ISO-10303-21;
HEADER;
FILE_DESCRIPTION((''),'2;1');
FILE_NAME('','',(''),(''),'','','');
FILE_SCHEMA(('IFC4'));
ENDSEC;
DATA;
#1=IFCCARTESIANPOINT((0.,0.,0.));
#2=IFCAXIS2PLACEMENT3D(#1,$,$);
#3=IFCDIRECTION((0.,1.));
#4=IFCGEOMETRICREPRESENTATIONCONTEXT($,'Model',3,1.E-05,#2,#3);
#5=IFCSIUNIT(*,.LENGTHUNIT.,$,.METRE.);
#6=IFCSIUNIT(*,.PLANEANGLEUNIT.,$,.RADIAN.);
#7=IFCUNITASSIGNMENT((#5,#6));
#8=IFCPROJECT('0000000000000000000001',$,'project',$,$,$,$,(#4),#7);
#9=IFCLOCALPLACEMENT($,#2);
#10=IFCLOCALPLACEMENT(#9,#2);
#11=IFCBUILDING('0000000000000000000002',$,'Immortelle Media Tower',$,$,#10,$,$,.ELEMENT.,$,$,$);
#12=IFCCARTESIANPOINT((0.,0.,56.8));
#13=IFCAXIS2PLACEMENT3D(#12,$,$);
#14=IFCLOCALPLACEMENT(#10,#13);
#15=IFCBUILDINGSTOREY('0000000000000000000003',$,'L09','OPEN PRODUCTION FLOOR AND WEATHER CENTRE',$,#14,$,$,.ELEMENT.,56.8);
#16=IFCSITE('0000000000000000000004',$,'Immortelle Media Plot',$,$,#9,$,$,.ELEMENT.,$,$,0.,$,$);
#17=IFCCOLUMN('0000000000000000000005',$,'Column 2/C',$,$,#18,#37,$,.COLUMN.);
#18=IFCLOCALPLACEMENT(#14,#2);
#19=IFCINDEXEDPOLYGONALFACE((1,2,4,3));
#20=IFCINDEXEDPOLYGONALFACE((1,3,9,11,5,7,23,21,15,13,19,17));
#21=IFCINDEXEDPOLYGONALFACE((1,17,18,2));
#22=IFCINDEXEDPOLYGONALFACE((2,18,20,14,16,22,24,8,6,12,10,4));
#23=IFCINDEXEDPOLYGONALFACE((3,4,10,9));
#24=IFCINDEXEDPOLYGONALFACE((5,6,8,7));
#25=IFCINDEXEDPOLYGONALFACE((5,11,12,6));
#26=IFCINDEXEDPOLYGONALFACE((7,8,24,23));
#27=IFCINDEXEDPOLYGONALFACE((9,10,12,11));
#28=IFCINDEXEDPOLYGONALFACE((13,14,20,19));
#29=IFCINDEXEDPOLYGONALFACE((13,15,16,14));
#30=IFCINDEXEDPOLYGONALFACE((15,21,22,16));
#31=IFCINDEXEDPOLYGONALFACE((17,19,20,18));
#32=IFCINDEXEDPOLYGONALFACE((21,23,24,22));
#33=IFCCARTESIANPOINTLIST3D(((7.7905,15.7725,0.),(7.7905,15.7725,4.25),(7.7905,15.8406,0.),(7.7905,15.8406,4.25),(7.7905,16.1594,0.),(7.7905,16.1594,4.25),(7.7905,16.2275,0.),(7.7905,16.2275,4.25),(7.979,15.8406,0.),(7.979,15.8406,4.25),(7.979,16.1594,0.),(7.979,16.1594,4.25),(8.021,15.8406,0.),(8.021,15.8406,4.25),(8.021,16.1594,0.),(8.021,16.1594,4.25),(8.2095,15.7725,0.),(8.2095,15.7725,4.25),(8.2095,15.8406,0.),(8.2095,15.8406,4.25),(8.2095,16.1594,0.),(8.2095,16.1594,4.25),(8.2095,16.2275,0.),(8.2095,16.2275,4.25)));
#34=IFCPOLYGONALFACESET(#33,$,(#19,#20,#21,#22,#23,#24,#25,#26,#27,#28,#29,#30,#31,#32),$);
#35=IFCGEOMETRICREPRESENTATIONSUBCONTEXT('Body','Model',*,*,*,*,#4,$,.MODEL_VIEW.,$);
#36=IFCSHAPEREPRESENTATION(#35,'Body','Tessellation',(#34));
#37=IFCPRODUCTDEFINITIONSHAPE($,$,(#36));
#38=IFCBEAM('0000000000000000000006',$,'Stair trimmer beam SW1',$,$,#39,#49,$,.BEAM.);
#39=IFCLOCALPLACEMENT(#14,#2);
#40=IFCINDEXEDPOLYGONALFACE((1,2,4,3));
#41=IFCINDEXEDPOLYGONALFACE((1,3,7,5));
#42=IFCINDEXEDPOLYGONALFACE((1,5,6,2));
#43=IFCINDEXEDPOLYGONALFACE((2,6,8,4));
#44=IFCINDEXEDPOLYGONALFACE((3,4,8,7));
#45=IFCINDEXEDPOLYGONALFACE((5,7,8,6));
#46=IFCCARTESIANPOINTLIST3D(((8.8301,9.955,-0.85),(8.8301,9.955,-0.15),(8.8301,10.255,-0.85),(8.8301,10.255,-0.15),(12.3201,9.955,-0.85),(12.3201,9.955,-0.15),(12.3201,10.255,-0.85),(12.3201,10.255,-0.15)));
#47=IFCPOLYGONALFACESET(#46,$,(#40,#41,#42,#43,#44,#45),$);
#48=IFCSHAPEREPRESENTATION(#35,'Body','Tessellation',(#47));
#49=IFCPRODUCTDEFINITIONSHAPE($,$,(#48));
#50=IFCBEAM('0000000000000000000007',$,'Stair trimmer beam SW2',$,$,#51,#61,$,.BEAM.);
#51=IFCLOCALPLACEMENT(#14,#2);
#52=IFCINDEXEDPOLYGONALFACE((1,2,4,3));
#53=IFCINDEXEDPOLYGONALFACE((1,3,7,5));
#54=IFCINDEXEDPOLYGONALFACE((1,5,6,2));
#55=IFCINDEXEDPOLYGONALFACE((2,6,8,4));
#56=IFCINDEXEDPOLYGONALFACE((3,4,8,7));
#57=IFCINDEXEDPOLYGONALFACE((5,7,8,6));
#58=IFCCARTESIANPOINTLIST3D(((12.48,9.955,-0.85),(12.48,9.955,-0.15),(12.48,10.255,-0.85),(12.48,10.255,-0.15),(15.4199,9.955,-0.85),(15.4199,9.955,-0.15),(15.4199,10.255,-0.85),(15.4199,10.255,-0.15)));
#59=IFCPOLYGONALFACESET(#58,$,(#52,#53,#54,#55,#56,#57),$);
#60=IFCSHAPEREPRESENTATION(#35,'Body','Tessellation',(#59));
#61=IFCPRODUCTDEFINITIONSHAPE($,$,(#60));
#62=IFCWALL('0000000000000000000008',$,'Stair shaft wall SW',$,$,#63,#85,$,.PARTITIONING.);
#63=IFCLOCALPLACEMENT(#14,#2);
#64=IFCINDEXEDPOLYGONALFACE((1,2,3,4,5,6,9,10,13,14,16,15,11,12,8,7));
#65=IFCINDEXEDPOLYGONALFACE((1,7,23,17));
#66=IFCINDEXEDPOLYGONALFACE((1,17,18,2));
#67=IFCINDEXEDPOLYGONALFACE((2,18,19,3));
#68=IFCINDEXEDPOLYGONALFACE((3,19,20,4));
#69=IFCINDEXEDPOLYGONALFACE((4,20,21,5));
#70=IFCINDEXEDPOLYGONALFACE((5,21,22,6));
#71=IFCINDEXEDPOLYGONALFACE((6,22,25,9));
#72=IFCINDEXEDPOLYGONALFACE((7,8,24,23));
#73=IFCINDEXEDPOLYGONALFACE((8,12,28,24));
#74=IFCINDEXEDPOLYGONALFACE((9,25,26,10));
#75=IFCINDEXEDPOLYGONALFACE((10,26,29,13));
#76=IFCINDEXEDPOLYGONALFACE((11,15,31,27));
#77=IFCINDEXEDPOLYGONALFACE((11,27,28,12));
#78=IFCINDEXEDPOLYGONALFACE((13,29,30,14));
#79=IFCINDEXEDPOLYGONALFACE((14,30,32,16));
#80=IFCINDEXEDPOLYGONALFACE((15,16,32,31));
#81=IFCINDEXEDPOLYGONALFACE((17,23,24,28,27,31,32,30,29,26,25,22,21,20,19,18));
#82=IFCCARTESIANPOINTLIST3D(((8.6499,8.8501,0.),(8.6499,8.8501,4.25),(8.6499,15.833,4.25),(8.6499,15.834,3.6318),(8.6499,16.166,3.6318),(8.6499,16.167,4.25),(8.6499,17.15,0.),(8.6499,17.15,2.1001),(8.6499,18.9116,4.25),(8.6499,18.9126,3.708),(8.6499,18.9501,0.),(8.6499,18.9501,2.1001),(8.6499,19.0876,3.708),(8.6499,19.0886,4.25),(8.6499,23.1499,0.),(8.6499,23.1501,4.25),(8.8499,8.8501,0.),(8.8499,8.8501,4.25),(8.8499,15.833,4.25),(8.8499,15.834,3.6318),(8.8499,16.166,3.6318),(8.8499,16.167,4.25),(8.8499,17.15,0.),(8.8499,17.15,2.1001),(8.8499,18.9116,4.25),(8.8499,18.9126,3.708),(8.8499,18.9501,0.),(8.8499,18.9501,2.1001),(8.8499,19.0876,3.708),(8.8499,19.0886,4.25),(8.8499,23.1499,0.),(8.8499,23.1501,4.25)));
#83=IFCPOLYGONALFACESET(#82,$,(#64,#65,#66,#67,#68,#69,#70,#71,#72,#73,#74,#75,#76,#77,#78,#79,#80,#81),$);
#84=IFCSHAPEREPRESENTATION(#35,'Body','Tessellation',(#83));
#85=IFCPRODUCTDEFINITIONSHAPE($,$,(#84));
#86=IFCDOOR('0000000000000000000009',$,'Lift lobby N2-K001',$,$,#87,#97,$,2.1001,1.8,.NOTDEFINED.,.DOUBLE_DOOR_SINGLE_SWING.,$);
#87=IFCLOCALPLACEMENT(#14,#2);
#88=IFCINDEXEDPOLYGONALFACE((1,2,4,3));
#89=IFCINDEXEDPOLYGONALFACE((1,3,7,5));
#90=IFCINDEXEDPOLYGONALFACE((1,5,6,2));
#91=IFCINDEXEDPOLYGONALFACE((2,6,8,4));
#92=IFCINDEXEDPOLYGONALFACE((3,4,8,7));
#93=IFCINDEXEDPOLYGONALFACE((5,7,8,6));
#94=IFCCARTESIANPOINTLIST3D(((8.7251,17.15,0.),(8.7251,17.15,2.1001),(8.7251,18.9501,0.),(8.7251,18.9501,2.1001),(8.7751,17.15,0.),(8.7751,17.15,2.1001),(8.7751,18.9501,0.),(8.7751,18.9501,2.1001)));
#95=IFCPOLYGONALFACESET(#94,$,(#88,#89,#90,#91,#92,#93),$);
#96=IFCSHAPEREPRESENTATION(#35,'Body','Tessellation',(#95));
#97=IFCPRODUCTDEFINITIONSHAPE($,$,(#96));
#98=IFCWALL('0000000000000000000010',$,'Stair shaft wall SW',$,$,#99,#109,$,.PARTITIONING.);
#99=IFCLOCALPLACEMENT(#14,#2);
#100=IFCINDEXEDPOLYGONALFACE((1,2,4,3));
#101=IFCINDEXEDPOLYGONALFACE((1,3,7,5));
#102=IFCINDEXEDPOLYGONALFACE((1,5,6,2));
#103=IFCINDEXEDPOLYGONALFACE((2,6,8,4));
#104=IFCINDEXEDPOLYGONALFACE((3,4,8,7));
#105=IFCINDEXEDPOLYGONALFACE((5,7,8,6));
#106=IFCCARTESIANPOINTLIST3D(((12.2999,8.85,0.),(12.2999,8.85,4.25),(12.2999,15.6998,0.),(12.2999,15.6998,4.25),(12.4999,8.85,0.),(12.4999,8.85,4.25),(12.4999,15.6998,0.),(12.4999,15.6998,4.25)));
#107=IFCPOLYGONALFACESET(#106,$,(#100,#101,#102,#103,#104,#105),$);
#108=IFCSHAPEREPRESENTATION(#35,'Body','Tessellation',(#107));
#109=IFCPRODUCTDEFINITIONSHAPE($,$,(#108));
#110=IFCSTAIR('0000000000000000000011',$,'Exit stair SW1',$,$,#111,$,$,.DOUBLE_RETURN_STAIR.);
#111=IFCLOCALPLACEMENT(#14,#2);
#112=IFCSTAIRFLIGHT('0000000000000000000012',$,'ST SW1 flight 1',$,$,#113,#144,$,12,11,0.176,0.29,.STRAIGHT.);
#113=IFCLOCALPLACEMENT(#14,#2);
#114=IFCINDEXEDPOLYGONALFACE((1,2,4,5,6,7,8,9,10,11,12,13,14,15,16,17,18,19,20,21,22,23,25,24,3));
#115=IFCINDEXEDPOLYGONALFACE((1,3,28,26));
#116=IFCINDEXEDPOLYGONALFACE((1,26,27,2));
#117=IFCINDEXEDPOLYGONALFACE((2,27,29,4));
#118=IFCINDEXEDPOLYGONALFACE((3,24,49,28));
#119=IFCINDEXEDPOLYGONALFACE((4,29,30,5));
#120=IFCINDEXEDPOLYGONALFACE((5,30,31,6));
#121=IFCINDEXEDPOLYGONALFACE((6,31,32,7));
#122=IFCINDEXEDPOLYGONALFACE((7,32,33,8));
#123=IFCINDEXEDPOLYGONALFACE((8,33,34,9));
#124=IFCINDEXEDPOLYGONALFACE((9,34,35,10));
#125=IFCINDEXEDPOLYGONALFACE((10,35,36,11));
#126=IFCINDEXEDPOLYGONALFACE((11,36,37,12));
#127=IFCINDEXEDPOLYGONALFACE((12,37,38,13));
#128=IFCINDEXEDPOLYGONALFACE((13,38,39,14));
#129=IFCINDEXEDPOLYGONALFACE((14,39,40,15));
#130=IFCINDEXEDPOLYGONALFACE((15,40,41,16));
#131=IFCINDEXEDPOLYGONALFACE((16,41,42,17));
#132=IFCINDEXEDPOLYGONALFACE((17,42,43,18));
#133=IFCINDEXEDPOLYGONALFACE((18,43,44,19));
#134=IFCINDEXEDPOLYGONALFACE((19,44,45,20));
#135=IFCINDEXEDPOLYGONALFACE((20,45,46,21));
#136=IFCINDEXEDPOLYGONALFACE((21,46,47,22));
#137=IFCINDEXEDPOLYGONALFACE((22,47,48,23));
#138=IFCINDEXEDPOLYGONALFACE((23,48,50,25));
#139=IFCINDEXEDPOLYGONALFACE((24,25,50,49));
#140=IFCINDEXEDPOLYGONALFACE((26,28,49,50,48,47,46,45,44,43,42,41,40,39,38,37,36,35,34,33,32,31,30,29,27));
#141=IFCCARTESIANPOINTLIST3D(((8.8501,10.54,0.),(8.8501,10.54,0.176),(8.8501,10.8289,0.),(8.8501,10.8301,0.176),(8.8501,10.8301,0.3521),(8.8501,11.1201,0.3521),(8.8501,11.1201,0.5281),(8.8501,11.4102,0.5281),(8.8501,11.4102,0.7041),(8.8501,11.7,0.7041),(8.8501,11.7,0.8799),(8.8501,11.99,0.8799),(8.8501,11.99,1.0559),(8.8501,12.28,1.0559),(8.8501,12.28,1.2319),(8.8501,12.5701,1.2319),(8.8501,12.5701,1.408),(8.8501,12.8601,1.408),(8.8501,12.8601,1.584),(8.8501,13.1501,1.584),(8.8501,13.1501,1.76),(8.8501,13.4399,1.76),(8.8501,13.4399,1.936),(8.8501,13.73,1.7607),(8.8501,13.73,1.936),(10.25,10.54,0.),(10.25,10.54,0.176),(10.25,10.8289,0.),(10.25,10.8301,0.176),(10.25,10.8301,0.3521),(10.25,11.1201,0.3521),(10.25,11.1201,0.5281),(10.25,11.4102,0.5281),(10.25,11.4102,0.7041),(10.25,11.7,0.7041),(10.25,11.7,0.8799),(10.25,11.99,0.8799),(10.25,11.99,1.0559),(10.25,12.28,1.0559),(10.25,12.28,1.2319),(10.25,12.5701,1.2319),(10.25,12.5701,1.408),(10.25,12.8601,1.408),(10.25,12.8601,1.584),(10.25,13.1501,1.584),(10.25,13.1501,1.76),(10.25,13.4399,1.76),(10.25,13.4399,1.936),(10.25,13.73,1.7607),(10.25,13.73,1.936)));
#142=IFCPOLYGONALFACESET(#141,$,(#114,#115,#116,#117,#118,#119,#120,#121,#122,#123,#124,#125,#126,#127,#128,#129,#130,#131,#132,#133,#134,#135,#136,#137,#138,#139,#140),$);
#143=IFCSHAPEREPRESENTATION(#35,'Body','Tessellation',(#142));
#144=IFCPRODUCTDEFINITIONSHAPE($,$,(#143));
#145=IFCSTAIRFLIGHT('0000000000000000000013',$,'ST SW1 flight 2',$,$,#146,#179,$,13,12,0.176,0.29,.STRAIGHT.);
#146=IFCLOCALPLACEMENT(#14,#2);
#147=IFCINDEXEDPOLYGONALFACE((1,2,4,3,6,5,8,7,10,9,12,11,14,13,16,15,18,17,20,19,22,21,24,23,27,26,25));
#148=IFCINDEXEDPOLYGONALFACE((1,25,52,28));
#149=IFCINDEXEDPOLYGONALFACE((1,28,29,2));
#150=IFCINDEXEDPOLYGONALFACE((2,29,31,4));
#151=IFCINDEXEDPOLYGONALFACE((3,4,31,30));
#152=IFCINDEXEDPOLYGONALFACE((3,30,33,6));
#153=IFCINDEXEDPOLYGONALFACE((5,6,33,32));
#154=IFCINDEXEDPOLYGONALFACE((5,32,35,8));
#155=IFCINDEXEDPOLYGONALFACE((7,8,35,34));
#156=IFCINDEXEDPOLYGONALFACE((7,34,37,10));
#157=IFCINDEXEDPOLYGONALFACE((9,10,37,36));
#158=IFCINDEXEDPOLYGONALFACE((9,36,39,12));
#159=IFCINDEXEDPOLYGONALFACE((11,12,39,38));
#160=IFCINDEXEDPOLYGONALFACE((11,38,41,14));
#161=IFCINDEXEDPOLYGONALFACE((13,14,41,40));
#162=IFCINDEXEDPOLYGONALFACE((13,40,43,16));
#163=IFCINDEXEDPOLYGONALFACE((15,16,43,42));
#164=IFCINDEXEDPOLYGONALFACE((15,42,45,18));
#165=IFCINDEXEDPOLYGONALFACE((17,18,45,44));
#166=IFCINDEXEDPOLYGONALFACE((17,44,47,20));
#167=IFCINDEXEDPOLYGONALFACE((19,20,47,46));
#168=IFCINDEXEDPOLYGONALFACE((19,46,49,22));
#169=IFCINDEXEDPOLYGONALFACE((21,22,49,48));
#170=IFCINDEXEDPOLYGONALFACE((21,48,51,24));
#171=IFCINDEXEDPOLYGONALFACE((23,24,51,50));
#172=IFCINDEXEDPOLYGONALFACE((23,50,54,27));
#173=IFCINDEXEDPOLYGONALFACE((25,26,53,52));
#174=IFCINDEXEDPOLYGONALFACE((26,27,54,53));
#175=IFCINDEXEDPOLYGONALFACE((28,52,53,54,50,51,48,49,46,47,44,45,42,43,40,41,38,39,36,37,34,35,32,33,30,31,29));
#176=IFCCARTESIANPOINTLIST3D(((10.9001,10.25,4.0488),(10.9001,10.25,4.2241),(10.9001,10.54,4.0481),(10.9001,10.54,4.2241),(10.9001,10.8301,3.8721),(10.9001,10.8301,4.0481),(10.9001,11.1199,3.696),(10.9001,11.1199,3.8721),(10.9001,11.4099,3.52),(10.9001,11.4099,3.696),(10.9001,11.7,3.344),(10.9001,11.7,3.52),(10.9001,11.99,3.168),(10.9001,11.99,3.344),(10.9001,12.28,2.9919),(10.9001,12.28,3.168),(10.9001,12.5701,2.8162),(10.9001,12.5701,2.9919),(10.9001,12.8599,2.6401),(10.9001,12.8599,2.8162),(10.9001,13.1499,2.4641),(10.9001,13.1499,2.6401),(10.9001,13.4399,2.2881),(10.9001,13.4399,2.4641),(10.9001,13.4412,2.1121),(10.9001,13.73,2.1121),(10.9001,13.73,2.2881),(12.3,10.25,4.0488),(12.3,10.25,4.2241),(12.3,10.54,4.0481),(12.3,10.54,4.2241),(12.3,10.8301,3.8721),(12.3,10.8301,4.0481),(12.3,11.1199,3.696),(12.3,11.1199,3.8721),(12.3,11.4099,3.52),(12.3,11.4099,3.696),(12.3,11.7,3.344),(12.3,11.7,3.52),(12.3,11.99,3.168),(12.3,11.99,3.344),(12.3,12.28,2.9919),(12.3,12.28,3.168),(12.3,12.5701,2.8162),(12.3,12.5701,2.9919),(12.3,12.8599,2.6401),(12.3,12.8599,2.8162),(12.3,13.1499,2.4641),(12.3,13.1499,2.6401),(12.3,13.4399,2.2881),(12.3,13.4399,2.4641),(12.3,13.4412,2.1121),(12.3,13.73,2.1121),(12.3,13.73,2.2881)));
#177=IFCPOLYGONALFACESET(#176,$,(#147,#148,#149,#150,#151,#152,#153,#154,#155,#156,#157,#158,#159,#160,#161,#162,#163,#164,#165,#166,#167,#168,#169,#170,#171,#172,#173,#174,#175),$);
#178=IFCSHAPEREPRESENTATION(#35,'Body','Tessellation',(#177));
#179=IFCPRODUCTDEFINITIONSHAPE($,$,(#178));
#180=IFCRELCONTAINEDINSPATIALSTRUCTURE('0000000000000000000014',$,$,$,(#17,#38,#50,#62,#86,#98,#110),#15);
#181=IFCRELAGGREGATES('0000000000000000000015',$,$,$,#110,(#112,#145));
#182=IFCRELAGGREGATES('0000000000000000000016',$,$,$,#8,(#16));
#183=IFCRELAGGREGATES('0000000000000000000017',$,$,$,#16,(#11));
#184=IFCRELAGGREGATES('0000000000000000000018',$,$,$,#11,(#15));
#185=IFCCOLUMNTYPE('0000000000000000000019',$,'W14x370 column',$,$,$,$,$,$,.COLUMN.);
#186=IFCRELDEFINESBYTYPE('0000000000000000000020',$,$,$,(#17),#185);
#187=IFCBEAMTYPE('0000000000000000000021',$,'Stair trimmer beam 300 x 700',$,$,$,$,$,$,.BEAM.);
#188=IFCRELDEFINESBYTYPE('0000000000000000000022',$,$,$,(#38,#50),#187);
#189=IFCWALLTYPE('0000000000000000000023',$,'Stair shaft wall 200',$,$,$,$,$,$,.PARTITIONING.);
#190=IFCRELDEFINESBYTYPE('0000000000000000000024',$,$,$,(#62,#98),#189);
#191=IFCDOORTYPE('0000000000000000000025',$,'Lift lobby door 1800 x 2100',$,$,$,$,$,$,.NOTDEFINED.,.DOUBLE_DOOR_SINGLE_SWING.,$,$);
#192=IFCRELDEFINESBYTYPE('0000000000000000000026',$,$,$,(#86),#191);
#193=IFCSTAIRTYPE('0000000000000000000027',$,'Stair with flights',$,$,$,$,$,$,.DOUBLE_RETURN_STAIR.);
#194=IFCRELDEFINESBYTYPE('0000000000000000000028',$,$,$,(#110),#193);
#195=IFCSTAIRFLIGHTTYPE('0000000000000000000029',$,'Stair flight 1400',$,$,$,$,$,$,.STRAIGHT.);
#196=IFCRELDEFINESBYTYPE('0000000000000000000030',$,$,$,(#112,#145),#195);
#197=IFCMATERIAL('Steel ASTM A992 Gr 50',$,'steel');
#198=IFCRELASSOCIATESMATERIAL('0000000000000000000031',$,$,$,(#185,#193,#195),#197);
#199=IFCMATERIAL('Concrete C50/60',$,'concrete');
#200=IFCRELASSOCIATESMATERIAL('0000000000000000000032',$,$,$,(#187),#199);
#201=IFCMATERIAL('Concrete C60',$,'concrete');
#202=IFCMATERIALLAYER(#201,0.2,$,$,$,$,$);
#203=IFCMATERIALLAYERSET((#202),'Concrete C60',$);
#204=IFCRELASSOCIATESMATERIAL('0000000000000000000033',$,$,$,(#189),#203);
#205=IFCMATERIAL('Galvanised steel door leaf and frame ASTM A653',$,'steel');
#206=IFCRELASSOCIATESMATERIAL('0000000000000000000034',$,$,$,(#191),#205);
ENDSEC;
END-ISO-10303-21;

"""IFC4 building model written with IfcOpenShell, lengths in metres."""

from ifc_helpers import new_model, si_unit, direction, frame, frame_2d, origin, origin_2d, place, context, subcontext, project, spatial, polyline, rectangle, i_section, outline, extrude, material, layer, layer_set, material_profile, profile_set, type_object, element, fill, aggregate, save


model = new_model("IFC4")

# Units and contexts
model_context = context("Model", 3, precision=1e-05, world=origin(), true_north=direction((0.0, 1.0)))
body_context = subcontext(model_context, "Body", "Model", "MODEL_VIEW")
ifc_project = project(units=[si_unit("LENGTHUNIT", "METRE"), si_unit("PLANEANGLEUNIT", "RADIAN")], contexts=[model_context])

# Site, building, storey
site_placement = place(None, origin())
site = spatial("IfcSite", under=ifc_project, at=site_placement, Name="Immortelle Media Plot", CompositionType="ELEMENT", RefElevation=0.0)
building_placement = place(site_placement, origin())
building = spatial("IfcBuilding", under=site, at=building_placement, Name="Immortelle Media Tower", CompositionType="ELEMENT")
storey_placement = place(building_placement, frame((0.0, 0.0, 56.8)))
storey = spatial("IfcBuildingStorey", under=building, at=storey_placement, Name="L09", Description="OPEN PRODUCTION FLOOR AND WEATHER CENTRE", CompositionType="ELEMENT", Elevation=56.8)

# Column
ifc_material_1 = material(Name="Steel ASTM A992 Gr 50", Category="steel")
ifc_material_profile_1 = material_profile(ifc_material_1, i_section(OverallWidth=0.4189, OverallDepth=0.4551, WebThickness=0.042, FlangeThickness=0.0681, at=origin_2d()), Name="W14x370")
ifc_profile_set_1 = profile_set([ifc_material_profile_1], Name="Steel ASTM A992 Gr 50")
column_type = type_object("IfcColumnType", Name="W14x370 column", PredefinedType="COLUMN", material=ifc_profile_set_1)
column_placement = place(storey_placement, frame((8.0, 16.0, 0.0), z_axis=(0.0, 0.0, 1.0), x_axis=(1.0, 0.0, 0.0)))
element("IfcColumn", 1, at=column_placement, inside=storey, type_object=column_type, Name="Column 2/C", PredefinedType="COLUMN", context=body_context, shape_type="SweptSolid", body=[
    extrude(i_section(OverallWidth=0.4189, OverallDepth=0.4551, WebThickness=0.042, FlangeThickness=0.0681, at=origin_2d()), origin(), (0.0, 0.0, 1.0), 4.25),
])

# Beams
ifc_material_2 = material(Name="Concrete C50/60", Category="concrete")
ifc_material_profile_2 = material_profile(ifc_material_2, rectangle(XDim=0.3, YDim=0.7, at=origin_2d()), Name="RC 300x700")
ifc_profile_set_2 = profile_set([ifc_material_profile_2], Name="Concrete C50/60")
beam_type = type_object("IfcBeamType", Name="Stair trimmer beam 300 x 700", PredefinedType="BEAM", material=ifc_profile_set_2)
beam_1_placement = place(storey_placement, frame((8.8301, 10.105, -0.5), z_axis=(1.0, 0.0, 0.0), x_axis=(0.0, 1.0, 0.0)))
element("IfcBeam", 2, at=beam_1_placement, inside=storey, type_object=beam_type, Name="Stair trimmer beam SW1", PredefinedType="BEAM", context=body_context, shape_type="SweptSolid", body=[
    extrude(rectangle(XDim=0.3, YDim=0.7, at=origin_2d()), origin(), (0.0, 0.0, 1.0), 3.49),
])
beam_2_placement = place(storey_placement, frame((12.48, 10.105, -0.5), z_axis=(1.0, 0.0, 0.0), x_axis=(0.0, 1.0, 0.0)))
element("IfcBeam", 3, at=beam_2_placement, inside=storey, type_object=beam_type, Name="Stair trimmer beam SW2", PredefinedType="BEAM", context=body_context, shape_type="SweptSolid", body=[
    extrude(rectangle(XDim=0.3, YDim=0.7, at=origin_2d()), origin(), (0.0, 0.0, 1.0), 2.9399),
])

# Wall, opening, door
ifc_material_3 = material(Name="Concrete C60", Category="concrete")
ifc_layer = layer(ifc_material_3, 0.2)
ifc_layer_set = layer_set([ifc_layer], Name="Concrete C60")
wall_type = type_object("IfcWallType", Name="Stair shaft wall 200", PredefinedType="PARTITIONING", material=ifc_layer_set)
wall_1_placement = place(storey_placement, frame((8.75, 8.8501, 0.0), z_axis=(0.0, 0.0, 1.0), x_axis=(0.0, 1.0, 0.0)))
wall_1 = element("IfcWall", 4, at=wall_1_placement, inside=storey, type_object=wall_type, Name="Stair shaft wall SW", PredefinedType="PARTITIONING", context=body_context, shape_type="SweptSolid", body=[
    extrude(outline(polyline([(0.0, 0.0), (14.2998, 0.0), (14.3, 4.25), (10.2385, 4.25), (10.2375, 3.708), (10.0625, 3.708), (10.0615, 4.25), (7.3169, 4.25), (7.3159, 3.6318), (6.9839, 3.6318), (6.9829, 4.25), (0.0, 4.25), (0.0, 0.0)])), frame((0.0, 0.1001, 0.0), z_axis=(0.0, -1.0, 0.0), x_axis=(1.0, 0.0, 0.0)), (0.0, 0.0, 1.0), 0.2),
])
opening_placement = place(wall_1_placement, frame((8.3, 0.0, 0.0)))
opening = element("IfcOpeningElement", 5, at=opening_placement, cuts=wall_1, PredefinedType="OPENING", context=body_context, shape_type="SweptSolid", body=[
    extrude(rectangle(XDim=1.8, YDim=2.1001, at=frame_2d((0.8999, 1.05))), frame((0.0, 0.1099, 0.0), z_axis=(0.0, -1.0, 0.0), x_axis=(1.0, 0.0, 0.0)), (0.0, 0.0, 1.0), 0.22),
])
ifc_material_4 = material(Name="Galvanised steel door leaf and frame ASTM A653", Category="steel")
door_type = type_object("IfcDoorType", Name="Lift lobby door 1800 x 2100", OperationType="DOUBLE_DOOR_SINGLE_SWING", PredefinedType="NOTDEFINED", material=ifc_material_4)
door_placement = place(opening_placement, origin())
door = element("IfcDoor", 6, at=door_placement, inside=storey, type_object=door_type, Name="Lift lobby N2-K001", OperationType="DOUBLE_DOOR_SINGLE_SWING", OverallHeight=2.1001, OverallWidth=1.8, PredefinedType="NOTDEFINED", context=body_context, shape_type="SweptSolid", body=[
    extrude(rectangle(XDim=1.8, YDim=2.1001, at=frame_2d((0.8999, 1.05))), frame((0.0, 0.0249, 0.0), z_axis=(0.0, -1.0, 0.0), x_axis=(1.0, 0.0, 0.0)), (0.0, 0.0, 1.0), 0.05),
])
fill(opening, door)

# Wall
wall_2_placement = place(storey_placement, frame((12.3999, 8.8501, 0.0), z_axis=(0.0, 0.0, 1.0), x_axis=(0.0, 1.0, 0.0)))
element("IfcWall", 7, at=wall_2_placement, inside=storey, type_object=wall_type, Name="Stair shaft wall SW", PredefinedType="PARTITIONING", context=body_context, shape_type="SweptSolid", body=[
    extrude(rectangle(XDim=6.8499, YDim=0.2, at=frame_2d((3.4248, 0.0))), origin(), (0.0, 0.0, 1.0), 4.25),
])

# Stair, stair flights
stair_type = type_object("IfcStairType", Name="Stair with flights", PredefinedType="DOUBLE_RETURN_STAIR", material=ifc_material_1)
stair_placement = place(storey_placement, origin())
stair = element("IfcStair", 8, at=stair_placement, inside=storey, type_object=stair_type, Name="Exit stair SW1", PredefinedType="DOUBLE_RETURN_STAIR")
stair_flight_type = type_object("IfcStairFlightType", Name="Stair flight 1400", PredefinedType="STRAIGHT", material=ifc_material_1)
stair_flight_1_placement = place(storey_placement, frame((9.55, 10.54, 0.0), z_axis=(0.0, 0.0, 1.0), x_axis=(0.0, 1.0, 0.0)))
stair_flight_1 = element("IfcStairFlight", 9, at=stair_flight_1_placement, type_object=stair_flight_type, Name="ST SW1 flight 1", NumberOfRisers=12, NumberOfTreads=11, PredefinedType="STRAIGHT", RiserHeight=0.176, TreadLength=0.29, context=body_context, shape_type="SweptSolid", body=[
    extrude(outline(polyline([(0.0, 0.0), (0.0, 0.176), (0.29, 0.176), (0.29, 0.3521), (0.5801, 0.3521), (0.5801, 0.5281), (0.8701, 0.5281), (0.8701, 0.7041), (1.1599, 0.7041), (1.1599, 0.8799), (1.45, 0.8799), (1.45, 1.0559), (1.74, 1.0559), (1.74, 1.2319), (2.03, 1.2319), (2.03, 1.408), (2.3201, 1.408), (2.3201, 1.584), (2.6101, 1.584), (2.6101, 1.76), (2.8999, 1.76), (2.8999, 1.936), (3.1899, 1.936), (3.1899, 2.1121), (3.1899, 1.7607), (0.2888, 0.0), (0.0, 0.0)])), frame((0.0, 0.7, 0.0), z_axis=(0.0, -1.0, 0.0), x_axis=(1.0, 0.0, 0.0)), (0.0, 0.0, 1.0), 1.3999),
])
stair_flight_2_placement = place(storey_placement, frame((11.6001, 13.73, 2.1121), z_axis=(0.0, 0.0, 1.0), x_axis=(0.0, -1.0, 0.0)))
stair_flight_2 = element("IfcStairFlight", 10, at=stair_flight_2_placement, type_object=stair_flight_type, Name="ST SW1 flight 2", NumberOfRisers=13, NumberOfTreads=12, PredefinedType="STRAIGHT", RiserHeight=0.176, TreadLength=0.29, context=body_context, shape_type="SweptSolid", body=[
    extrude(outline(polyline([(0.0, 0.0), (0.0, 0.176), (0.29, 0.176), (0.29, 0.3521), (0.5801, 0.3521), (0.5801, 0.5281), (0.8701, 0.5281), (0.8701, 0.7041), (1.1599, 0.7041), (1.1599, 0.8799), (1.45, 0.8799), (1.45, 1.0559), (1.74, 1.0559), (1.74, 1.2319), (2.03, 1.2319), (2.03, 1.408), (2.3201, 1.408), (2.3201, 1.584), (2.6101, 1.584), (2.6101, 1.76), (2.8999, 1.76), (2.8999, 1.936), (3.1899, 1.936), (3.1899, 2.1121), (3.48, 2.1121), (3.48, 2.2881), (3.48, 1.9368), (0.2888, 0.0), (0.0, 0.0)])), frame((0.0, 0.7, 0.0), z_axis=(0.0, -1.0, 0.0), x_axis=(1.0, 0.0, 0.0)), (0.0, 0.0, 1.0), 1.3999),
])
aggregate(stair, [stair_flight_1, stair_flight_2])

save(model, "model.ifc")
